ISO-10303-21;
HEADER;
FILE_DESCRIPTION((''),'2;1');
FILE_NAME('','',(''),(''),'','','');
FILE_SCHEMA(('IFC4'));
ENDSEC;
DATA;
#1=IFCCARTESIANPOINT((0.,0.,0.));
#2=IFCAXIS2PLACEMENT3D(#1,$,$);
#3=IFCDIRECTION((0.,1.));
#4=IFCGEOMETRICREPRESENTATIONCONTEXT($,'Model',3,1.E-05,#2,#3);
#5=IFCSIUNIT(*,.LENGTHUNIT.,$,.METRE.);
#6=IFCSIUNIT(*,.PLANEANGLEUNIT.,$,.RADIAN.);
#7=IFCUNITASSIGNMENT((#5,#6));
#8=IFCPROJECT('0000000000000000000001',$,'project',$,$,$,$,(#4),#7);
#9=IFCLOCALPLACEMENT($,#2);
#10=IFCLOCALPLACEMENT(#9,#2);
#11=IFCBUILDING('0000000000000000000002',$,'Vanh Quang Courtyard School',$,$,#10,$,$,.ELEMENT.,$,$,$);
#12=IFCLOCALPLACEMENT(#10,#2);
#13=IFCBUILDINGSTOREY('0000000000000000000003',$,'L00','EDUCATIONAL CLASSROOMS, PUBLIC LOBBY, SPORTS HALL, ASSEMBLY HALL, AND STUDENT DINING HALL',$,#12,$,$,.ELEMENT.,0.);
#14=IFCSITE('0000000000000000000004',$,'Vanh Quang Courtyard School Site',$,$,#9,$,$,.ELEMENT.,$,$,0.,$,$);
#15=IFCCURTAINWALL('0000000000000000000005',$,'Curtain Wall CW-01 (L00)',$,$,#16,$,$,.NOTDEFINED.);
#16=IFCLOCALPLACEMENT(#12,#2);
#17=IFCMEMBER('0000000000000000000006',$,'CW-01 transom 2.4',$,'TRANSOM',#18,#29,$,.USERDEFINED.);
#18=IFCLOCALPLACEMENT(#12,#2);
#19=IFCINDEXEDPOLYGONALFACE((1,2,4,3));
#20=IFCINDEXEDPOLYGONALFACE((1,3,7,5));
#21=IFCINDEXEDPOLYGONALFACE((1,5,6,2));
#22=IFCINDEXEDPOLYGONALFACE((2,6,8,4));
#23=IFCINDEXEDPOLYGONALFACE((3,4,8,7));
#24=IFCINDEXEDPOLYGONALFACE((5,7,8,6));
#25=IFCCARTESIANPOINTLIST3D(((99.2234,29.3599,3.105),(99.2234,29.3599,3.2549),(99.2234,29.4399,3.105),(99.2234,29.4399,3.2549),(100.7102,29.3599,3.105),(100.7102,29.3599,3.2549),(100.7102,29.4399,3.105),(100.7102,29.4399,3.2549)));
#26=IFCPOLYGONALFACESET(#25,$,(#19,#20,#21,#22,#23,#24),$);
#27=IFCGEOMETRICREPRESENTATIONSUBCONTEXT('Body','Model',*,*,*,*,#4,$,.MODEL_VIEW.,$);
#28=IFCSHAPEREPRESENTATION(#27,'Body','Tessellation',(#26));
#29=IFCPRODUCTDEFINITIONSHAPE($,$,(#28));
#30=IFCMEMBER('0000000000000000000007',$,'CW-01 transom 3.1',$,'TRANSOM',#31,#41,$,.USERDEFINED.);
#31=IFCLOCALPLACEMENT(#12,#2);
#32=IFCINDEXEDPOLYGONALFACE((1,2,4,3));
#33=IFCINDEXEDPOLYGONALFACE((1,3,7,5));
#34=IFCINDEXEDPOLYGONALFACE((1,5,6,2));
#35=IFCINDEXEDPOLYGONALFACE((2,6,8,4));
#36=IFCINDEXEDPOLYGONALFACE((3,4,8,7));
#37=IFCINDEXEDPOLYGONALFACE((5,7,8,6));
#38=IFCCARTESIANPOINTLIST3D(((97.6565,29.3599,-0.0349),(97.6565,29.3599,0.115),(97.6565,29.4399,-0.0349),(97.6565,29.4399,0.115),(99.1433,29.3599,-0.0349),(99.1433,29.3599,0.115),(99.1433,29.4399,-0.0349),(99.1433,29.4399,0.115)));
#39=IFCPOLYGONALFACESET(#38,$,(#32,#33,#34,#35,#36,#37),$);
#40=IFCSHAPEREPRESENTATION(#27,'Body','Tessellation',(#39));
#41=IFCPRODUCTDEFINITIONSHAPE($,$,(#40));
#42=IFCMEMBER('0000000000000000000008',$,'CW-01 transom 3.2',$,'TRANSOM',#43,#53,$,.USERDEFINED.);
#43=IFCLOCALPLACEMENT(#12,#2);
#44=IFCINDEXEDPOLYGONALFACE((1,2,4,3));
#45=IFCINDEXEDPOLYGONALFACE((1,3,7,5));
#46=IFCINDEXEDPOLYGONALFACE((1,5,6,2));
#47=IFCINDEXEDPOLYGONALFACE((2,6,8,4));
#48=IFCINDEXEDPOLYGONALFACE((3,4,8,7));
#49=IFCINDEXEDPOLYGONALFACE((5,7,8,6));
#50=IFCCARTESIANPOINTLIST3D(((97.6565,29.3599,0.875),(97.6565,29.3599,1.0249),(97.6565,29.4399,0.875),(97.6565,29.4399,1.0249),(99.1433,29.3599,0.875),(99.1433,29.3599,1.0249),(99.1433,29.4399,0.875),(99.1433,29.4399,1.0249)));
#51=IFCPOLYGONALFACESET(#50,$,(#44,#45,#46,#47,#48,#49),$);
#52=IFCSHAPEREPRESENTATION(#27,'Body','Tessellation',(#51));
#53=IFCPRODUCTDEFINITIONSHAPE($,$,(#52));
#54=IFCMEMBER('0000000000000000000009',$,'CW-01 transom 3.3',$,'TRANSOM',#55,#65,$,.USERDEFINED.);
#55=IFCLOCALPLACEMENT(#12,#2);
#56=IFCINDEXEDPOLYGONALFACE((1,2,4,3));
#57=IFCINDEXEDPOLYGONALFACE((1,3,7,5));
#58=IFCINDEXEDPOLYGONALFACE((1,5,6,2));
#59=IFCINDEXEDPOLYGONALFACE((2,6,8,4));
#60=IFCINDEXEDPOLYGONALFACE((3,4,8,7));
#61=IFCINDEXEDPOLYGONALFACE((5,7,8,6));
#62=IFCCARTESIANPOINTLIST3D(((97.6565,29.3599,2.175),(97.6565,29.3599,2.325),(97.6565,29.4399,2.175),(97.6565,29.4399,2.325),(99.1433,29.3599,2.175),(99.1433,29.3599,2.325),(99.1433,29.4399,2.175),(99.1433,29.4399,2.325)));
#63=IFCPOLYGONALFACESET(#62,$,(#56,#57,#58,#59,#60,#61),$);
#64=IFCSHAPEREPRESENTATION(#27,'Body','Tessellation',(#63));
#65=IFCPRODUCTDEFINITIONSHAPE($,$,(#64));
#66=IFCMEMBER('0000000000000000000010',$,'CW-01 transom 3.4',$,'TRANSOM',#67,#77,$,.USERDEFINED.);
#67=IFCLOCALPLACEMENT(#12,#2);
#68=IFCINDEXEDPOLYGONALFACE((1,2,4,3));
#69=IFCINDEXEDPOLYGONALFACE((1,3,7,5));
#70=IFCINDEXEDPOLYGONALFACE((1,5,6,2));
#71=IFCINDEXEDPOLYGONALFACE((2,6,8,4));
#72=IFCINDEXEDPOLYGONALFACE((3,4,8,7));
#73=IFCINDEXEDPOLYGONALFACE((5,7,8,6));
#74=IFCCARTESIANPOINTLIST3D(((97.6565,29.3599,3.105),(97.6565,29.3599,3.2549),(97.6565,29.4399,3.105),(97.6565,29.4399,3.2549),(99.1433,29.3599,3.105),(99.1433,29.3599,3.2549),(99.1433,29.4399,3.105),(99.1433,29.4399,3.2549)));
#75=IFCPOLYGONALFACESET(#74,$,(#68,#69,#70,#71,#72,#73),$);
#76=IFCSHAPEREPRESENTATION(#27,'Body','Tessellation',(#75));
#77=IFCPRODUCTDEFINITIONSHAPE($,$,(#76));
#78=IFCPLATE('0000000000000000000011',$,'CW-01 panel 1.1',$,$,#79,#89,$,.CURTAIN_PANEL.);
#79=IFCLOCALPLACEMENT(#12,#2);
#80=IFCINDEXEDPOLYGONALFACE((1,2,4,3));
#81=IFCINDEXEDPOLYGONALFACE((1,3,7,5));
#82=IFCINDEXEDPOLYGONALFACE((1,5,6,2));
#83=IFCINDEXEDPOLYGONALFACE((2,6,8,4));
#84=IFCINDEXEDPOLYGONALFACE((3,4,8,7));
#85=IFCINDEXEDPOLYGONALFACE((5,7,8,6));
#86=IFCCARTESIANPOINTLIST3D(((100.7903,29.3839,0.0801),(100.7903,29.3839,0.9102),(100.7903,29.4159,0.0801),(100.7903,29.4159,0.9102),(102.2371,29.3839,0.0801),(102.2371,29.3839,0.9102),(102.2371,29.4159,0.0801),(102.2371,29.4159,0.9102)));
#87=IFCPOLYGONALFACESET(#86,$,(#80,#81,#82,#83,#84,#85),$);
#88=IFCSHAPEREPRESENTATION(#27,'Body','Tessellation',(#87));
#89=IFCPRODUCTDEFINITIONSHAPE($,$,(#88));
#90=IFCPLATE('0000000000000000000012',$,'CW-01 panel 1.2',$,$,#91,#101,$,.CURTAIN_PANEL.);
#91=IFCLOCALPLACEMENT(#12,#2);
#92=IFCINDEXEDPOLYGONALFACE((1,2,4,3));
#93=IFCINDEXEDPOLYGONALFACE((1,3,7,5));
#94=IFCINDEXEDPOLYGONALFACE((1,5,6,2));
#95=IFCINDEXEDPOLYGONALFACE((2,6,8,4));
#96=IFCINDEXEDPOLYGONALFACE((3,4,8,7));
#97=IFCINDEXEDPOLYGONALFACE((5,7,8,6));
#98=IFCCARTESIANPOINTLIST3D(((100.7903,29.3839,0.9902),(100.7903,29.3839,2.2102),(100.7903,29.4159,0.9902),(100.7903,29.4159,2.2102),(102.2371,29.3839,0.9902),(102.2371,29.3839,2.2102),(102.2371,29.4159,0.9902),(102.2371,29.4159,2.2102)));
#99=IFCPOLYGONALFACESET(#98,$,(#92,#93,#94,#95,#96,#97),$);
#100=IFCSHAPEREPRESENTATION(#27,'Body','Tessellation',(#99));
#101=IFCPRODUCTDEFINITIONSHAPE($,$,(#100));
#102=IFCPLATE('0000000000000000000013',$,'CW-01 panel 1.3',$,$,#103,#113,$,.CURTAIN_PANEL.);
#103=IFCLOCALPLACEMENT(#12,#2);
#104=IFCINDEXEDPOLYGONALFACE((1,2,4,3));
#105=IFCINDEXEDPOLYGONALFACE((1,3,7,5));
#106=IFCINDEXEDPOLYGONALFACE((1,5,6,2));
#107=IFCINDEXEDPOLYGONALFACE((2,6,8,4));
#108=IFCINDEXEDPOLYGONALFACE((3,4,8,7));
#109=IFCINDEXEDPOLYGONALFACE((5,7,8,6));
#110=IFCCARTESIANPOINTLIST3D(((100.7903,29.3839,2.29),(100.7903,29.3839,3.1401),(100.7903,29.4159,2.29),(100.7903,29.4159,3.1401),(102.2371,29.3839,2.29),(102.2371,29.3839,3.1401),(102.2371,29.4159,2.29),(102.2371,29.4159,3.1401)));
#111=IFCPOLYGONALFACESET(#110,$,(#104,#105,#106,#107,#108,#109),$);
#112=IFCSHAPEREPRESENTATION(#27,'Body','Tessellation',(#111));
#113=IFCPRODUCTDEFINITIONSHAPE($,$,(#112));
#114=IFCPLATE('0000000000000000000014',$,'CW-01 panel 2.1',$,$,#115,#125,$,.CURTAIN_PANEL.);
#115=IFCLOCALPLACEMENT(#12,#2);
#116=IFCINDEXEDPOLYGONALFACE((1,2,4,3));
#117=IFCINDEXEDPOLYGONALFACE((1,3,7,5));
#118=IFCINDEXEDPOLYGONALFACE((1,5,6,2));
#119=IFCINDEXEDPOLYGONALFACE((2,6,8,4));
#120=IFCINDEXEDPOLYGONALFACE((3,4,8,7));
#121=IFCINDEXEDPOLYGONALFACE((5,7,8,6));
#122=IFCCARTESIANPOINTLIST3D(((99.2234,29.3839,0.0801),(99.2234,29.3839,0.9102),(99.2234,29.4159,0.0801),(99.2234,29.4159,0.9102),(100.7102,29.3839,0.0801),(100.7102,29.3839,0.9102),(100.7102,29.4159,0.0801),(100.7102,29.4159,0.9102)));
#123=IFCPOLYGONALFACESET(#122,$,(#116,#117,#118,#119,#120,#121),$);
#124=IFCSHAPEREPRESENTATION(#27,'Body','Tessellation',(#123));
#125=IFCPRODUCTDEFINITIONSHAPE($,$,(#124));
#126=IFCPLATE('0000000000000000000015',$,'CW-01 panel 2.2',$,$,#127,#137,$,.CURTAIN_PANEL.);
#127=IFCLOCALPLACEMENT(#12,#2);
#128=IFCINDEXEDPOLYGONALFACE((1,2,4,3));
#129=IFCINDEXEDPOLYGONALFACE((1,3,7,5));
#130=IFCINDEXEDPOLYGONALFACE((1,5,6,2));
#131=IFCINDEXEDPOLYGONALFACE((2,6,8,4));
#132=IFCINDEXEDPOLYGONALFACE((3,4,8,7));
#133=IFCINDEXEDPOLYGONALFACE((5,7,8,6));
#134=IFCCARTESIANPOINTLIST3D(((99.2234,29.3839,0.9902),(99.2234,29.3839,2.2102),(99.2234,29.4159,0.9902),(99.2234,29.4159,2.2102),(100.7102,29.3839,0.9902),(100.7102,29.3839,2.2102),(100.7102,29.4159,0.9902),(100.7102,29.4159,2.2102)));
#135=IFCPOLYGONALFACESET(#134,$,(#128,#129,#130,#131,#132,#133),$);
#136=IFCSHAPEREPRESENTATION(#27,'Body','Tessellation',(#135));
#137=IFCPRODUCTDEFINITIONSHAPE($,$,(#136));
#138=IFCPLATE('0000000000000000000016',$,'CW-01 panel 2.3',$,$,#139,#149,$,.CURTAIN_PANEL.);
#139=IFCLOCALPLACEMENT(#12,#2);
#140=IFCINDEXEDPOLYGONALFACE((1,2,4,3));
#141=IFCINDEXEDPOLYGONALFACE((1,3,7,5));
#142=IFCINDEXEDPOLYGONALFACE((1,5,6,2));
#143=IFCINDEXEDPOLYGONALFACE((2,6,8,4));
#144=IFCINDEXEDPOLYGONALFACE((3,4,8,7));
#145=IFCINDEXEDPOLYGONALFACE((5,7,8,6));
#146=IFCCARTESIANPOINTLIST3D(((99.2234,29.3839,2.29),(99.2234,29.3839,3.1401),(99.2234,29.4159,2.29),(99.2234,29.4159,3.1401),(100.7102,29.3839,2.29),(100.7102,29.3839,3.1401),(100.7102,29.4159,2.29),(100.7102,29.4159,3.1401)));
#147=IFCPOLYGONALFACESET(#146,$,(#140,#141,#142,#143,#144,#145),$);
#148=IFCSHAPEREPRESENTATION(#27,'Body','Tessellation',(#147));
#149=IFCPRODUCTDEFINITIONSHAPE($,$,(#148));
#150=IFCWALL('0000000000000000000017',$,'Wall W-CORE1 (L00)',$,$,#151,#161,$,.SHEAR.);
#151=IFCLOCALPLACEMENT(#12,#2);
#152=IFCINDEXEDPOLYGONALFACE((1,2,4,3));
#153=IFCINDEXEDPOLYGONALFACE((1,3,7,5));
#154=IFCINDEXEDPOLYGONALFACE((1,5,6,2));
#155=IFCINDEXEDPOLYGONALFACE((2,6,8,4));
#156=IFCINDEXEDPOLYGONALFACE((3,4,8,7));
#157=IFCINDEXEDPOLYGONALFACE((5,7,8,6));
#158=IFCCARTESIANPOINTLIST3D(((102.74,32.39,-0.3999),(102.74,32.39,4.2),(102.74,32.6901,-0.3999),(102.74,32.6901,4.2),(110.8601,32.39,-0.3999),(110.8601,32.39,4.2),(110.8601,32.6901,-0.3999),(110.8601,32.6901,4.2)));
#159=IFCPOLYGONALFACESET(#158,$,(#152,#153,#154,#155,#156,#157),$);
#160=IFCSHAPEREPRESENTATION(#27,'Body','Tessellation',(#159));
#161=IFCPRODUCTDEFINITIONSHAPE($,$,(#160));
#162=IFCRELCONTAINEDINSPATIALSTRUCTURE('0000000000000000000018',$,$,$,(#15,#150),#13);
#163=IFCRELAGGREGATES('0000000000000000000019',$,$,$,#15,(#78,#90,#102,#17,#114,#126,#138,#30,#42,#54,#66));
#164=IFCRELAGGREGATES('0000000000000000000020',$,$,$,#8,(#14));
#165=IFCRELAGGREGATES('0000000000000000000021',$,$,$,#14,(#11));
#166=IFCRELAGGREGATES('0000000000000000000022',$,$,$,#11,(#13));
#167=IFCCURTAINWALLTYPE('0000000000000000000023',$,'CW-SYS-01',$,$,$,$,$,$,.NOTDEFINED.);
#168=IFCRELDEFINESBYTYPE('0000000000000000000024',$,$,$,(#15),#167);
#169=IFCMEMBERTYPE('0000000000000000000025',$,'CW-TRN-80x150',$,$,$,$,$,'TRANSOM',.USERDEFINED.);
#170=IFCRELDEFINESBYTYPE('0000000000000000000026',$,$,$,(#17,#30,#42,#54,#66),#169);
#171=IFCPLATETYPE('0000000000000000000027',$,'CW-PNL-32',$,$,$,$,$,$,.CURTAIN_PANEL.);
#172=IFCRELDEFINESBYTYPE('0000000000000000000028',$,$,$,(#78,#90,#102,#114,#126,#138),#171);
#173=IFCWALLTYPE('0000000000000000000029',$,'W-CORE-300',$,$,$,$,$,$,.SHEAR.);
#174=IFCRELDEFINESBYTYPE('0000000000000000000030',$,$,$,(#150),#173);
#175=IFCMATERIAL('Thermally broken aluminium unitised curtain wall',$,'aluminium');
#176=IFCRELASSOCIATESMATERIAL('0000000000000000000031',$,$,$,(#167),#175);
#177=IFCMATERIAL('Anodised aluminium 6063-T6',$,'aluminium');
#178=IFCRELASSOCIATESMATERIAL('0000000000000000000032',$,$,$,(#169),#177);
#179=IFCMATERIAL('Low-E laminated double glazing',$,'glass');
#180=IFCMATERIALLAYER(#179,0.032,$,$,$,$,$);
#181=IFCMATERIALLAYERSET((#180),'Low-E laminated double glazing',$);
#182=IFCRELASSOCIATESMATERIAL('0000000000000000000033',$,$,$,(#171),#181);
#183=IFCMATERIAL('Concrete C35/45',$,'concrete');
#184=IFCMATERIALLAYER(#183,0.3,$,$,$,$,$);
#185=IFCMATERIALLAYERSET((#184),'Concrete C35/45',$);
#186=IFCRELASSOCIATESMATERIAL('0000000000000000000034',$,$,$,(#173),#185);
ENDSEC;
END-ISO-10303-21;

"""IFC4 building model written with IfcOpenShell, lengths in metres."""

from ifc_helpers import new_model, si_unit, direction, frame, frame_2d, origin, origin_2d, place, context, subcontext, project, spatial, rectangle, extrude, material, layer, layer_set, material_profile, profile_set, type_object, element, aggregate, save


model = new_model("IFC4")

# Units and contexts
model_context = context("Model", 3, precision=1e-05, world=origin(), true_north=direction((0.0, 1.0)))
body_context = subcontext(model_context, "Body", "Model", "MODEL_VIEW")
ifc_project = project(units=[si_unit("LENGTHUNIT", "METRE"), si_unit("PLANEANGLEUNIT", "RADIAN")], contexts=[model_context])

# Site, building, storey
site_placement = place(None, origin())
site = spatial("IfcSite", under=ifc_project, at=site_placement, Name="Vanh Quang Courtyard School Site", CompositionType="ELEMENT", RefElevation=0.0)
building_placement = place(site_placement, origin())
building = spatial("IfcBuilding", under=site, at=building_placement, Name="Vanh Quang Courtyard School", CompositionType="ELEMENT")
storey_placement = place(building_placement, origin())
storey = spatial("IfcBuildingStorey", under=building, at=storey_placement, Name="L00", Description="EDUCATIONAL CLASSROOMS, PUBLIC LOBBY, SPORTS HALL, ASSEMBLY HALL, AND STUDENT DINING HALL", CompositionType="ELEMENT", Elevation=0.0)

# Shared definitions
ifc_material_1 = material(Name="Concrete C35/45", Category="concrete")

# Curtain wall, members, plates
ifc_material_2 = material(Name="Thermally broken aluminium unitised curtain wall", Category="aluminium")
curtain_wall_type = type_object("IfcCurtainWallType", Name="CW-SYS-01", PredefinedType="NOTDEFINED", material=ifc_material_2)
curtain_wall_placement = place(storey_placement, origin())
curtain_wall = element("IfcCurtainWall", 1, at=curtain_wall_placement, inside=storey, type_object=curtain_wall_type, Name="Curtain Wall CW-01 (L00)", PredefinedType="NOTDEFINED")
ifc_material_3 = material(Name="Anodised aluminium 6063-T6", Category="aluminium")
ifc_material_profile_1 = material_profile(ifc_material_3, rectangle(XDim=0.0801, YDim=0.1499, at=origin_2d()), Name="ALU-TRN 80x150")
ifc_profile_set_1 = profile_set([ifc_material_profile_1], Name="Anodised aluminium 6063-T6")
member_type_1 = type_object("IfcMemberType", Name="CW-TRN-80x150", ElementType="TRANSOM", PredefinedType="USERDEFINED", material=ifc_profile_set_1)
member_1_placement = place(storey_placement, frame((100.7102, 29.3999, 3.1799), z_axis=(-1.0, 0.0, 0.0), x_axis=(0.0, -1.0, 0.0)))
member_1 = element("IfcMember", 2, at=member_1_placement, type_object=member_type_1, Name="CW-01 transom 2.4", ObjectType="TRANSOM", PredefinedType="USERDEFINED", context=body_context, shape_type="SweptSolid", body=[
    extrude(rectangle(XDim=0.0801, YDim=0.1499, at=origin_2d()), origin(), (0.0, 0.0, 1.0), 1.4868),
])
member_2_placement = place(storey_placement, frame((99.1433, 29.3999, 0.04), z_axis=(-1.0, 0.0, 0.0), x_axis=(0.0, -1.0, 0.0)))
member_2 = element("IfcMember", 3, at=member_2_placement, type_object=member_type_1, Name="CW-01 transom 3.1", ObjectType="TRANSOM", PredefinedType="USERDEFINED", context=body_context, shape_type="SweptSolid", body=[
    extrude(rectangle(XDim=0.0801, YDim=0.1499, at=origin_2d()), origin(), (0.0, 0.0, 1.0), 1.4868),
])
member_3_placement = place(storey_placement, frame((99.1433, 29.3999, 0.95), z_axis=(-1.0, 0.0, 0.0), x_axis=(0.0, -1.0, 0.0)))
member_3 = element("IfcMember", 4, at=member_3_placement, type_object=member_type_1, Name="CW-01 transom 3.2", ObjectType="TRANSOM", PredefinedType="USERDEFINED", context=body_context, shape_type="SweptSolid", body=[
    extrude(rectangle(XDim=0.0801, YDim=0.1499, at=origin_2d()), origin(), (0.0, 0.0, 1.0), 1.4868),
])
member_4_placement = place(storey_placement, frame((99.1433, 29.3999, 2.25), z_axis=(-1.0, 0.0, 0.0), x_axis=(0.0, -1.0, 0.0)))
member_4 = element("IfcMember", 5, at=member_4_placement, type_object=member_type_1, Name="CW-01 transom 3.3", ObjectType="TRANSOM", PredefinedType="USERDEFINED", context=body_context, shape_type="SweptSolid", body=[
    extrude(rectangle(XDim=0.0801, YDim=0.1499, at=origin_2d()), origin(), (0.0, 0.0, 1.0), 1.4868),
])
member_5_placement = place(storey_placement, frame((99.1433, 29.3999, 3.1799), z_axis=(-1.0, 0.0, 0.0), x_axis=(0.0, -1.0, 0.0)))
member_5 = element("IfcMember", 6, at=member_5_placement, type_object=member_type_1, Name="CW-01 transom 3.4", ObjectType="TRANSOM", PredefinedType="USERDEFINED", context=body_context, shape_type="SweptSolid", body=[
    extrude(rectangle(XDim=0.0801, YDim=0.1499, at=origin_2d()), origin(), (0.0, 0.0, 1.0), 1.4868),
])
ifc_material_4 = material(Name="Low-E laminated double glazing", Category="glass")
ifc_layer_1 = layer(ifc_material_4, 0.032)
ifc_layer_set_1 = layer_set([ifc_layer_1], Name="Low-E laminated double glazing")
plate_type = type_object("IfcPlateType", Name="CW-PNL-32", PredefinedType="CURTAIN_PANEL", material=ifc_layer_set_1)
plate_1_placement = place(storey_placement, frame((101.5137, 29.3999, 0.0801), z_axis=(0.0, 0.0, 1.0), x_axis=(-1.0, 0.0, 0.0)))
plate_1 = element("IfcPlate", 7, at=plate_1_placement, type_object=plate_type, Name="CW-01 panel 1.1", PredefinedType="CURTAIN_PANEL", context=body_context, shape_type="SweptSolid", body=[
    extrude(rectangle(XDim=1.4468, YDim=0.032, at=origin_2d()), origin(), (0.0, 0.0, 1.0), 0.8301),
])
plate_2_placement = place(storey_placement, frame((101.5137, 29.3999, 0.9902), z_axis=(0.0, 0.0, 1.0), x_axis=(-1.0, 0.0, 0.0)))
plate_2 = element("IfcPlate", 8, at=plate_2_placement, type_object=plate_type, Name="CW-01 panel 1.2", PredefinedType="CURTAIN_PANEL", context=body_context, shape_type="SweptSolid", body=[
    extrude(rectangle(XDim=1.4468, YDim=0.032, at=origin_2d()), origin(), (0.0, 0.0, 1.0), 1.22),
])
plate_3_placement = place(storey_placement, frame((101.5137, 29.3999, 2.29), z_axis=(0.0, 0.0, 1.0), x_axis=(-1.0, 0.0, 0.0)))
plate_3 = element("IfcPlate", 9, at=plate_3_placement, type_object=plate_type, Name="CW-01 panel 1.3", PredefinedType="CURTAIN_PANEL", context=body_context, shape_type="SweptSolid", body=[
    extrude(rectangle(XDim=1.4468, YDim=0.032, at=origin_2d()), origin(), (0.0, 0.0, 1.0), 0.8501),
])
plate_4_placement = place(storey_placement, frame((99.9668, 29.3999, 0.0801), z_axis=(0.0, 0.0, 1.0), x_axis=(-1.0, 0.0, 0.0)))
plate_4 = element("IfcPlate", 10, at=plate_4_placement, type_object=plate_type, Name="CW-01 panel 2.1", PredefinedType="CURTAIN_PANEL", context=body_context, shape_type="SweptSolid", body=[
    extrude(rectangle(XDim=1.4868, YDim=0.032, at=origin_2d()), origin(), (0.0, 0.0, 1.0), 0.8301),
])
plate_5_placement = place(storey_placement, frame((99.9668, 29.3999, 0.9902), z_axis=(0.0, 0.0, 1.0), x_axis=(-1.0, 0.0, 0.0)))
plate_5 = element("IfcPlate", 11, at=plate_5_placement, type_object=plate_type, Name="CW-01 panel 2.2", PredefinedType="CURTAIN_PANEL", context=body_context, shape_type="SweptSolid", body=[
    extrude(rectangle(XDim=1.4868, YDim=0.032, at=origin_2d()), origin(), (0.0, 0.0, 1.0), 1.22),
])
plate_6_placement = place(storey_placement, frame((99.9668, 29.3999, 2.29), z_axis=(0.0, 0.0, 1.0), x_axis=(-1.0, 0.0, 0.0)))
plate_6 = element("IfcPlate", 12, at=plate_6_placement, type_object=plate_type, Name="CW-01 panel 2.3", PredefinedType="CURTAIN_PANEL", context=body_context, shape_type="SweptSolid", body=[
    extrude(rectangle(XDim=1.4868, YDim=0.032, at=origin_2d()), origin(), (0.0, 0.0, 1.0), 0.8501),
])
aggregate(curtain_wall, [plate_1, plate_2, plate_3, member_1, plate_4, plate_5, plate_6, member_2, member_3, member_4, member_5])

# Wall
ifc_layer_2 = layer(ifc_material_1, 0.3)
ifc_layer_set_2 = layer_set([ifc_layer_2], Name="Concrete C35/45")
wall_type_1 = type_object("IfcWallType", Name="W-CORE-300", PredefinedType="SHEAR", material=ifc_layer_set_2)
wall_1_placement = place(storey_placement, frame((102.74, 32.54, -0.3999), z_axis=(0.0, 0.0, 1.0), x_axis=(1.0, 0.0, 0.0)))
element("IfcWall", 13, at=wall_1_placement, inside=storey, type_object=wall_type_1, Name="Wall W-CORE1 (L00)", PredefinedType="SHEAR", context=body_context, shape_type="SweptSolid", body=[
    extrude(rectangle(XDim=8.1201, YDim=0.3, at=frame_2d((4.0601, 0.0))), origin(), (0.0, 0.0, 1.0), 4.5999),
])

save(model, "model.ifc")
